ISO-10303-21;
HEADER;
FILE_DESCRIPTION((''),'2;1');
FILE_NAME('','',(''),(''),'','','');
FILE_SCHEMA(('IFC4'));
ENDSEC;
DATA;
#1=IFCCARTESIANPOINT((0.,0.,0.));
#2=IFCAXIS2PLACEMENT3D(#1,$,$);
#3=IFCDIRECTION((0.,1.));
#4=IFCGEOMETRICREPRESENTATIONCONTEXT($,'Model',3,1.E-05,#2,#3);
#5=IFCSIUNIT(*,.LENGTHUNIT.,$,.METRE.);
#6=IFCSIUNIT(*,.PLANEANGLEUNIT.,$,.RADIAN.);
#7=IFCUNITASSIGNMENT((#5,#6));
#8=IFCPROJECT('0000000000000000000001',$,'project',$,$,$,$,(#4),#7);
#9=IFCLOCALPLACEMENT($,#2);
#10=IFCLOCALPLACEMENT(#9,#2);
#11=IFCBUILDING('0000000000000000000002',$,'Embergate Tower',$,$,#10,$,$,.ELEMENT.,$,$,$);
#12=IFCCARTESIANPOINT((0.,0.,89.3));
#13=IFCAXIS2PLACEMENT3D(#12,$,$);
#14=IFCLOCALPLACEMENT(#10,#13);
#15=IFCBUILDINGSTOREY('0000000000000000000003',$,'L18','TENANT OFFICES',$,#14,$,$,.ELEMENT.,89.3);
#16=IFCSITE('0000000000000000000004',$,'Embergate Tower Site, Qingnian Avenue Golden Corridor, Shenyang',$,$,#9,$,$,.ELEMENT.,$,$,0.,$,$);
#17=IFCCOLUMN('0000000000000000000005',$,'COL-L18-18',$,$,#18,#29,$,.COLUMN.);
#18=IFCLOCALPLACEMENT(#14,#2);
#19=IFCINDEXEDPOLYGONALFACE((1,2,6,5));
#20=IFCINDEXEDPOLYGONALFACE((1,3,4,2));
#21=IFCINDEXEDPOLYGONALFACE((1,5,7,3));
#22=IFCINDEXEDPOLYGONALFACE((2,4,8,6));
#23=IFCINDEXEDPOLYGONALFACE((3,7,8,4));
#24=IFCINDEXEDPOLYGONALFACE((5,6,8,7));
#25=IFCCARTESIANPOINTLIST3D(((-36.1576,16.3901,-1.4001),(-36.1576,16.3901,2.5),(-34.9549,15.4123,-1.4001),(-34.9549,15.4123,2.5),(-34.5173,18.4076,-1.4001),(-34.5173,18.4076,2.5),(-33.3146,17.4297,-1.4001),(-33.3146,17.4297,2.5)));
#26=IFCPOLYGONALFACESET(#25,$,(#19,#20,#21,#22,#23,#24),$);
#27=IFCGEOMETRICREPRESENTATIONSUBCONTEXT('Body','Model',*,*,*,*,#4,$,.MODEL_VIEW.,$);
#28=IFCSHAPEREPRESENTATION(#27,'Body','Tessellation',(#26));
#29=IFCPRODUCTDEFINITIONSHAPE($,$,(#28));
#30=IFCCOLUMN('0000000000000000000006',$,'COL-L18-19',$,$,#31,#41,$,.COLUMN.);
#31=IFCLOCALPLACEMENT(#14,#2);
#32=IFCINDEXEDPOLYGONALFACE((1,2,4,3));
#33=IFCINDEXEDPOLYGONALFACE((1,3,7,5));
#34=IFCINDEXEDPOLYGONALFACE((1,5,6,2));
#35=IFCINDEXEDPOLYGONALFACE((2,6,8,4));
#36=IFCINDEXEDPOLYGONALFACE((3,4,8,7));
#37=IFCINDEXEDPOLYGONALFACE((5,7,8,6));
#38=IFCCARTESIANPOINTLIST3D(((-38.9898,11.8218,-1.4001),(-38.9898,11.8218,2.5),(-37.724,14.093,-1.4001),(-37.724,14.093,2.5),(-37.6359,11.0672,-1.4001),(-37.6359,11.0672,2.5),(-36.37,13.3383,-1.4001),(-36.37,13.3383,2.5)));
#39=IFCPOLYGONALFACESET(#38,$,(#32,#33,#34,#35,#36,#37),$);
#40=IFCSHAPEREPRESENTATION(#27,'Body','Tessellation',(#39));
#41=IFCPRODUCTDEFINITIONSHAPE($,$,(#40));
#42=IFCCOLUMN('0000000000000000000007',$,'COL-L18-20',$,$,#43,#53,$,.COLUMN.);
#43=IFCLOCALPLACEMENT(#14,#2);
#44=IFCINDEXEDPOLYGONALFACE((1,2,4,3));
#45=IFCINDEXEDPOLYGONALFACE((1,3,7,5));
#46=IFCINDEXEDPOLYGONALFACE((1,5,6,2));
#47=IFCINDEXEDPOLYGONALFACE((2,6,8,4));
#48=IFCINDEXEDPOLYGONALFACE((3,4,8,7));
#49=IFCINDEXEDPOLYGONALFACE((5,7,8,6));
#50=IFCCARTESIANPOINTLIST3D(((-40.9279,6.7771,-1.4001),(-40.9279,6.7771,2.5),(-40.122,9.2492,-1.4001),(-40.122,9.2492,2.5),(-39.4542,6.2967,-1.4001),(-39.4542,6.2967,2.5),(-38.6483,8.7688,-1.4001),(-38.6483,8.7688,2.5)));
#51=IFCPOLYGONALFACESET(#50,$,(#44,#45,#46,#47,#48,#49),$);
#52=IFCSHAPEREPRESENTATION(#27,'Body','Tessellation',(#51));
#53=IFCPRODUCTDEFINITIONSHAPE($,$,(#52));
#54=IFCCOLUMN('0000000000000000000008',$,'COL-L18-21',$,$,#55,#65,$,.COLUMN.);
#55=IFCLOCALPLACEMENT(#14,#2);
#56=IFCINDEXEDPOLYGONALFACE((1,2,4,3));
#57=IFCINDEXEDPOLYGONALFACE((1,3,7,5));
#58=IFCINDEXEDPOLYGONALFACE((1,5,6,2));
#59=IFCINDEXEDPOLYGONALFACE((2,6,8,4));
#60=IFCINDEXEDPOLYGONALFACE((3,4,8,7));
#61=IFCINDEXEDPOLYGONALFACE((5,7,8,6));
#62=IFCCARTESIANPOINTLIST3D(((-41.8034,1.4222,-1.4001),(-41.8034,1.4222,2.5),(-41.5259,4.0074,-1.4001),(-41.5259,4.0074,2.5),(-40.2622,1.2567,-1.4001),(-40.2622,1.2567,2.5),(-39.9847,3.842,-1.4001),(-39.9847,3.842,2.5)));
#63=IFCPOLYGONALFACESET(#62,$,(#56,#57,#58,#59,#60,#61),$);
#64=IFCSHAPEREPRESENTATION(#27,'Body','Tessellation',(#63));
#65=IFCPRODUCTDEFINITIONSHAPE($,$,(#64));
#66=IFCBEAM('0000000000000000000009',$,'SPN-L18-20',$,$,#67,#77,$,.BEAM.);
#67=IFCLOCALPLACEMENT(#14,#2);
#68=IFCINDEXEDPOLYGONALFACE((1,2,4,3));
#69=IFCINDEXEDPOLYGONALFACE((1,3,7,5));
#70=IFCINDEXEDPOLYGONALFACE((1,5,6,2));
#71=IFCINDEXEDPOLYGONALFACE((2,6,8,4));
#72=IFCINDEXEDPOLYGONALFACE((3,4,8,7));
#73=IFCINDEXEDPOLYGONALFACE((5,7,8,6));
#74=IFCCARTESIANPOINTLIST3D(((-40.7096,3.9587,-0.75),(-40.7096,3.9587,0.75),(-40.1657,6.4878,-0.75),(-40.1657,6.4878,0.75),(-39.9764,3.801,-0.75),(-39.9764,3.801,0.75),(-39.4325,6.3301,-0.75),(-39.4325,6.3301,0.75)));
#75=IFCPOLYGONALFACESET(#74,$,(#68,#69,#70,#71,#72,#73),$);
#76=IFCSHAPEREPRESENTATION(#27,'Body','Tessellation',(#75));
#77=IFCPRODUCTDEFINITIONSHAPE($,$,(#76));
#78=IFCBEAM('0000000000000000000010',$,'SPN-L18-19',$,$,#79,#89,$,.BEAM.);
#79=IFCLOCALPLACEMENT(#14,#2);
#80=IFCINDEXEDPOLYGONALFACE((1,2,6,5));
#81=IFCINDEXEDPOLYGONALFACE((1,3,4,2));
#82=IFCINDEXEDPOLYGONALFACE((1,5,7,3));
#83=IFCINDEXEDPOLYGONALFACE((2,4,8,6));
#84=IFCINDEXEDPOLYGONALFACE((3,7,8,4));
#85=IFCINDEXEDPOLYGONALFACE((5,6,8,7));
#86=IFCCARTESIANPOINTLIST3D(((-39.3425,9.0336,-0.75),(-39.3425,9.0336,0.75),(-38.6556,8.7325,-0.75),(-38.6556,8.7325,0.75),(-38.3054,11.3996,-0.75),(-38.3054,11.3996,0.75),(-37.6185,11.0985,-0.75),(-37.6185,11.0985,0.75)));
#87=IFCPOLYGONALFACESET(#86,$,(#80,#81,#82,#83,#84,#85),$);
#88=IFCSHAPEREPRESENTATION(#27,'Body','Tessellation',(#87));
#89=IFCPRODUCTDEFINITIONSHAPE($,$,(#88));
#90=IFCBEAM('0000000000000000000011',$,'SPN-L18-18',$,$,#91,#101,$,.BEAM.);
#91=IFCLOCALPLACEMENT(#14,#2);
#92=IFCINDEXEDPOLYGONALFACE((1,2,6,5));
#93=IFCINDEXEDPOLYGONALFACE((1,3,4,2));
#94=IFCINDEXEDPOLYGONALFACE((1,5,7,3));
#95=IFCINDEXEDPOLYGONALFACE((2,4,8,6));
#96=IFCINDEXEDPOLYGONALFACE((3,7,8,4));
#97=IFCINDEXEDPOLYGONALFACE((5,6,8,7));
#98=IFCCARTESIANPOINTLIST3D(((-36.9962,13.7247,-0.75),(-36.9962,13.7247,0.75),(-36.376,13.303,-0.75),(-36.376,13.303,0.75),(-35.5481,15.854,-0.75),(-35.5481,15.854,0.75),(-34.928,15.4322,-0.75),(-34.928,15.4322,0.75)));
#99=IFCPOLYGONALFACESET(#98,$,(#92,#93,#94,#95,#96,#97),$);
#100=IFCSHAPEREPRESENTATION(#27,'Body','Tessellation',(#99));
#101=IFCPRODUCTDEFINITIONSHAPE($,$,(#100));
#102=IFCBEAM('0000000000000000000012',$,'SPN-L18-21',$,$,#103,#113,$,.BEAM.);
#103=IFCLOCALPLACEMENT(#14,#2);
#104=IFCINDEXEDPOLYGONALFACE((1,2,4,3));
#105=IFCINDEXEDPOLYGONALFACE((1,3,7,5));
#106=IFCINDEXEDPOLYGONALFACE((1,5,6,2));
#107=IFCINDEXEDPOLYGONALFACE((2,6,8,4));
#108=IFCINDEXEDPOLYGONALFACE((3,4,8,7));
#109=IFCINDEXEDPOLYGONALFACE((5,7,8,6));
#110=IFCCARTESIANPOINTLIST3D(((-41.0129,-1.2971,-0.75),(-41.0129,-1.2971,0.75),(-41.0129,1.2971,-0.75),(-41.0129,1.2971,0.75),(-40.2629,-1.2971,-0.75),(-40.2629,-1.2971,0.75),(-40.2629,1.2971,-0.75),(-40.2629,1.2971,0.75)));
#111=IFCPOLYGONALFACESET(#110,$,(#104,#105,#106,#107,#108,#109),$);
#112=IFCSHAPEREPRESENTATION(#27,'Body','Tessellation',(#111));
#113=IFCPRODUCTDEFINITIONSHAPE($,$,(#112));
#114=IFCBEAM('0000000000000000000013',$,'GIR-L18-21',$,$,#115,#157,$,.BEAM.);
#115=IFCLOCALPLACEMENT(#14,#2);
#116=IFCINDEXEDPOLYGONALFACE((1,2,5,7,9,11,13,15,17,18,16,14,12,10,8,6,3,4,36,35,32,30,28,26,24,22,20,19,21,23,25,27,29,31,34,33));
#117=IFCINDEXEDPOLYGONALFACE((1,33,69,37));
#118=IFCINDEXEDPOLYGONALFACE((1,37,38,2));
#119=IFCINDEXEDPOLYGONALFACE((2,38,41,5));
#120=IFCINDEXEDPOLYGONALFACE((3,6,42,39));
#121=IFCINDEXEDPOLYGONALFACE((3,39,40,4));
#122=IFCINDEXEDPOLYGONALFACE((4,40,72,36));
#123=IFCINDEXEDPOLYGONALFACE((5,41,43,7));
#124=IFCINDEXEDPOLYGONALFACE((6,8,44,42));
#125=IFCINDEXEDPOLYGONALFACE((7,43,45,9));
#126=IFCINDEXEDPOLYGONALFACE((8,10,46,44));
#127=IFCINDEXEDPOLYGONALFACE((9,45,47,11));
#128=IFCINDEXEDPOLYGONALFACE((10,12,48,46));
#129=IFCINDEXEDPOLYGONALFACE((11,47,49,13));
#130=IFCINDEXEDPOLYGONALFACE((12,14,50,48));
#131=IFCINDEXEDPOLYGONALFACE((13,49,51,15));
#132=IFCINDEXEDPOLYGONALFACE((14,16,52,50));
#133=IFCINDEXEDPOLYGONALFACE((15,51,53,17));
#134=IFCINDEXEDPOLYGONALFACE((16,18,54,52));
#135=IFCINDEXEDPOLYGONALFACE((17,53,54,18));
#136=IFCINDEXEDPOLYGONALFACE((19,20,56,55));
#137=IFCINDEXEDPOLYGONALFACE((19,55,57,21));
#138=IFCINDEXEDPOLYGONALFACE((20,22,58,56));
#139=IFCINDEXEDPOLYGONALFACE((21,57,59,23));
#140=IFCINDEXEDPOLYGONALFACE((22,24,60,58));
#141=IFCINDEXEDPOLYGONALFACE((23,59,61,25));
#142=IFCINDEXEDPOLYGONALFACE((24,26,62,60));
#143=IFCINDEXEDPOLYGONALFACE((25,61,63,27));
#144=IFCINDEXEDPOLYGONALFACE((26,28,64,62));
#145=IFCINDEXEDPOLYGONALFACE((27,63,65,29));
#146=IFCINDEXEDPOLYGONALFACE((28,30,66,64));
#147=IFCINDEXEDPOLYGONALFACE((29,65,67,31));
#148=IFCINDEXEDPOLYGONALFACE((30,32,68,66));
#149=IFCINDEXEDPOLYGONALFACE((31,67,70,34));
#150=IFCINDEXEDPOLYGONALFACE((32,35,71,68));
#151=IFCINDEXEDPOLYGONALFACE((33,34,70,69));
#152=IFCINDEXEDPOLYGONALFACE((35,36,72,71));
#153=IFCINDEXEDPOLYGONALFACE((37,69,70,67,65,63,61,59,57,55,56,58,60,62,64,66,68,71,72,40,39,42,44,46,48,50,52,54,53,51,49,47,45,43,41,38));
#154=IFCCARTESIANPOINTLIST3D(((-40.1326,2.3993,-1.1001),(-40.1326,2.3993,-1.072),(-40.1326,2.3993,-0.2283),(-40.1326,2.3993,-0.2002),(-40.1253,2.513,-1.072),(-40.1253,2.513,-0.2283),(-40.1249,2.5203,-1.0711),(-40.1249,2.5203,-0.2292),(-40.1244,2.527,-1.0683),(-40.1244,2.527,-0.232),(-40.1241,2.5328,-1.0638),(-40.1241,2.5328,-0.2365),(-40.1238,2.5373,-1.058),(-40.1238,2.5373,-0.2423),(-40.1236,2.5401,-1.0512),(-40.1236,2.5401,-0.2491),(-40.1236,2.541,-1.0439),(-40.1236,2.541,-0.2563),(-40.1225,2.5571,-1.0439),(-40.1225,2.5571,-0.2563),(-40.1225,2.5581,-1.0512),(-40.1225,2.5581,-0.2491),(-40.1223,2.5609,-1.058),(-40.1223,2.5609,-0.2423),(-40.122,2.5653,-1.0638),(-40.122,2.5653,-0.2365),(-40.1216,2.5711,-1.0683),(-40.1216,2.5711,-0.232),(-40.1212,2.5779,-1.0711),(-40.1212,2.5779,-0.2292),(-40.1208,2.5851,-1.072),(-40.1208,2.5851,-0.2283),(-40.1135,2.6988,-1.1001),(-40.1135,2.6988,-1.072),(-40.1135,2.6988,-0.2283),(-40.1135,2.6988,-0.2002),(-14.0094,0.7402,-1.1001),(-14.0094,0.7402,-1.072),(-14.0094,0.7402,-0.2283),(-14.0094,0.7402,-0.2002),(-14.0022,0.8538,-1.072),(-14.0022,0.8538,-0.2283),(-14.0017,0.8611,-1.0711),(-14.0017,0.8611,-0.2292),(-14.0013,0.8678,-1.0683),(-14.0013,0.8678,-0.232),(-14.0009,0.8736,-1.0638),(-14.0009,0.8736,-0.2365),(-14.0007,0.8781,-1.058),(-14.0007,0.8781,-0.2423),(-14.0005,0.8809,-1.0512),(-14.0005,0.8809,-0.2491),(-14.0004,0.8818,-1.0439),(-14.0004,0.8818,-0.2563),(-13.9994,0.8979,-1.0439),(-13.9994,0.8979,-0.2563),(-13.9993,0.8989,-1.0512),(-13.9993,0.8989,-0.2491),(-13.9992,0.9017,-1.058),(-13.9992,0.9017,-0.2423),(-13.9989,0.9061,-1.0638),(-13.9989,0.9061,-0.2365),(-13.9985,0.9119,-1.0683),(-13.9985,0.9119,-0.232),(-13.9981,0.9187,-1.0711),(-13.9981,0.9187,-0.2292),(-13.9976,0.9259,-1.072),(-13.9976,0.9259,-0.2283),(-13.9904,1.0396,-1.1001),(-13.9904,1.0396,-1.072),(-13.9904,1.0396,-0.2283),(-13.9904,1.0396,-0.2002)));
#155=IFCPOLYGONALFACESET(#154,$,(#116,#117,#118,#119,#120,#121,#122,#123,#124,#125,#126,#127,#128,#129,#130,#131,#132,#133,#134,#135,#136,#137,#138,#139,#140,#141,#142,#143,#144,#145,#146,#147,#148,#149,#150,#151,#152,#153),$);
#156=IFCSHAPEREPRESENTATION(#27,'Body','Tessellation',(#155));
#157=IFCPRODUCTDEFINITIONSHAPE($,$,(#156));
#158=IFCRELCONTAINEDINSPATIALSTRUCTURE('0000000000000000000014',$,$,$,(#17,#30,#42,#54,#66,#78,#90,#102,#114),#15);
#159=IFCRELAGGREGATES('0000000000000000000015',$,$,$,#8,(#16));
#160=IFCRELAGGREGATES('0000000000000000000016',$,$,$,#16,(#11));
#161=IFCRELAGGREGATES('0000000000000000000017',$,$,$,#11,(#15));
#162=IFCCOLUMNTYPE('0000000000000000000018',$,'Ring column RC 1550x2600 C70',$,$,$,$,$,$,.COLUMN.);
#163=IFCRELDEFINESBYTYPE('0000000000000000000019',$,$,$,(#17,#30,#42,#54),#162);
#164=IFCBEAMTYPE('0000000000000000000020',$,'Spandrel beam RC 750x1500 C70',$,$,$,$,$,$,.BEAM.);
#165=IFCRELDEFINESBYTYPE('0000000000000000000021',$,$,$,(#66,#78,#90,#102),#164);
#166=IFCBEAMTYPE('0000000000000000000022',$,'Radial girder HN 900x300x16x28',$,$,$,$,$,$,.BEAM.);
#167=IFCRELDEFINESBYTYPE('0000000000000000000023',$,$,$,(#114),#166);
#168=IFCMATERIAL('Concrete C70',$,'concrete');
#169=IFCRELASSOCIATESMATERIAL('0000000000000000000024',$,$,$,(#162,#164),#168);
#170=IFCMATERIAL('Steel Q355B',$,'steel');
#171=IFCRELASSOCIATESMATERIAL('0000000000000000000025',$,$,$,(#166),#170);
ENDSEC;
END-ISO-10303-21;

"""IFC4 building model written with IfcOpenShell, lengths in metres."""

from ifc_helpers import new_model, si_unit, direction, frame, origin, origin_2d, place, context, subcontext, project, spatial, rectangle, i_section, extrude, source, transform, mapped, material, material_profile, profile_set, type_object, element, save


model = new_model("IFC4")

# Units and contexts
model_context = context("Model", 3, precision=1e-05, world=origin(), true_north=direction((0.0, 1.0)))
body_context = subcontext(model_context, "Body", "Model", "MODEL_VIEW")
ifc_project = project(units=[si_unit("LENGTHUNIT", "METRE"), si_unit("PLANEANGLEUNIT", "RADIAN")], contexts=[model_context])

# Site, building, storey
site_placement = place(None, origin())
site = spatial("IfcSite", under=ifc_project, at=site_placement, Name="Embergate Tower Site, Qingnian Avenue Golden Corridor, Shenyang", CompositionType="ELEMENT", RefElevation=0.0)
building_placement = place(site_placement, origin())
building = spatial("IfcBuilding", under=site, at=building_placement, Name="Embergate Tower", CompositionType="ELEMENT")
storey_placement = place(building_placement, frame((0.0, 0.0, 89.3)))
storey = spatial("IfcBuildingStorey", under=building, at=storey_placement, Name="L18", Description="TENANT OFFICES", CompositionType="ELEMENT", Elevation=89.3)

# Columns
ifc_material_1 = material(Name="Concrete C70", Category="concrete")
ifc_material_profile_1 = material_profile(ifc_material_1, rectangle(XDim=1.55, YDim=2.6001, at=origin_2d()), Name="RC 1550x2600")
ifc_profile_set_1 = profile_set([ifc_material_profile_1], Name="Concrete C70")
column_type = type_object("IfcColumnType", Name="Ring column RC 1550x2600 C70", PredefinedType="COLUMN", material=ifc_profile_set_1)
shared_shape_1 = source(origin(), body_context, "Body", "SweptSolid", [
    extrude(rectangle(XDim=1.55, YDim=2.6001, at=origin_2d()), origin(), (0.0, 0.0, 1.0), 3.9001),
])
for number, where, z_axis, x_axis, name in (
    (1, (-34.7361, 16.9099, -1.4001), (0.0, 0.0, 1.0), (-0.775914, 0.630838, 0.0), "COL-L18-18"),
    (2, (-37.6799, 12.5801, -1.4001), (0.0, 0.0, 1.0), (-0.873492, 0.486839, 0.0), "COL-L18-19"),
    (3, (-39.7881, 7.7729, -1.4001), (0.0, 0.0, 1.0), (-0.950754, 0.309946, 0.0), "COL-L18-20"),
    (4, (-40.894, 2.6321, -1.4001), (0.0, 0.0, 1.0), (-0.994286, 0.10675, 0.0), "COL-L18-21"),
):
    element("IfcColumn", number, at=place(storey_placement, frame(where, z_axis=z_axis, x_axis=x_axis)), inside=storey, type_object=column_type, Name=name, PredefinedType="COLUMN", context=body_context, shape_type="MappedRepresentation", body=[
        mapped(shared_shape_1, transform((0.0, 0.0, 0.0))),
    ])

# Beams
ifc_material_profile_2 = material_profile(ifc_material_1, rectangle(XDim=0.75, YDim=1.5, at=origin_2d()), Name="RC 750x1500")
ifc_profile_set_2 = profile_set([ifc_material_profile_2], Name="Concrete C70")
beam_type_1 = type_object("IfcBeamType", Name="Spandrel beam RC 750x1500 C70", PredefinedType="BEAM", material=ifc_profile_set_2)
shared_shape_2 = source(origin(), body_context, "Body", "SweptSolid", [
    extrude(rectangle(XDim=0.75, YDim=1.5, at=origin_2d()), origin(), (0.0, 0.0, 1.0), 2.5869),
])
beam_1_placement = place(storey_placement, frame((-39.7991, 6.4089, 0.0), z_axis=(-0.21027, -0.977643, 0.0), x_axis=(0.977643, -0.21027, 0.0)))
element("IfcBeam", 5, at=beam_1_placement, inside=storey, type_object=beam_type_1, Name="SPN-L18-20", PredefinedType="BEAM", context=body_context, shape_type="MappedRepresentation", body=[
    mapped(shared_shape_2, transform((0.0, 0.0, 0.0))),
])
shared_shape_3 = source(origin(), body_context, "Body", "SweptSolid", [
    extrude(rectangle(XDim=0.75, YDim=1.5, at=origin_2d()), origin(), (0.0, 0.0, 1.0), 2.5833),
])
beam_2_placement = place(storey_placement, frame((-37.9619, 11.249, 0.0), z_axis=(-0.401468, -0.915873, 0.0), x_axis=(0.915873, -0.401468, 0.0)))
element("IfcBeam", 6, at=beam_2_placement, inside=storey, type_object=beam_type_1, Name="SPN-L18-19", PredefinedType="BEAM", context=body_context, shape_type="MappedRepresentation", body=[
    mapped(shared_shape_3, transform((0.0, 0.0, 0.0))),
])
shared_shape_4 = source(origin(), body_context, "Body", "SweptSolid", [
    extrude(rectangle(XDim=0.75, YDim=1.5, at=origin_2d()), origin(), (0.0, 0.0, 1.0), 2.575),
])
beam_3_placement = place(storey_placement, frame((-35.238, 15.6431, 0.0), z_axis=(-0.562357, -0.826895, 0.0), x_axis=(0.826895, -0.562357, 0.0)))
element("IfcBeam", 7, at=beam_3_placement, inside=storey, type_object=beam_type_1, Name="SPN-L18-18", PredefinedType="BEAM", context=body_context, shape_type="MappedRepresentation", body=[
    mapped(shared_shape_4, transform((0.0, 0.0, 0.0))),
])
shared_shape_5 = source(origin(), body_context, "Body", "SweptSolid", [
    extrude(rectangle(XDim=0.75, YDim=1.5, at=origin_2d()), origin(), (0.0, 0.0, 1.0), 2.5942),
])
beam_4_placement = place(storey_placement, frame((-40.6379, 1.2971, 0.0), z_axis=(0.0, -1.0, 0.0), x_axis=(1.0, 0.0, 0.0)))
element("IfcBeam", 8, at=beam_4_placement, inside=storey, type_object=beam_type_1, Name="SPN-L18-21", PredefinedType="BEAM", context=body_context, shape_type="MappedRepresentation", body=[
    mapped(shared_shape_5, transform((0.0, 0.0, 0.0))),
])
ifc_material_2 = material(Name="Steel Q355B", Category="steel")
ifc_material_profile_3 = material_profile(ifc_material_2, i_section(OverallWidth=0.3, OverallDepth=0.8999, WebThickness=0.0161, FlangeThickness=0.0281, FilletRadius=0.0281, at=origin_2d()), Name="HN 900x300x16x28")
ifc_profile_set_3 = profile_set([ifc_material_profile_3], Name="Steel Q355 grade B")
beam_type_2 = type_object("IfcBeamType", Name="Radial girder HN 900x300x16x28", PredefinedType="BEAM", material=ifc_profile_set_3)
shared_shape_6 = source(origin(), body_context, "Body", "SweptSolid", [
    extrude(i_section(OverallWidth=0.3, OverallDepth=0.8999, WebThickness=0.0161, FlangeThickness=0.0281, FilletRadius=0.0281, at=origin_2d()), origin(), (0.0, 0.0, 1.0), 26.1758),
])
beam_5_placement = place(storey_placement, frame((-40.123, 2.5491, -0.6501), z_axis=(0.997989, -0.063386, 0.0), x_axis=(0.063386, 0.997989, 0.0)))
element("IfcBeam", 9, at=beam_5_placement, inside=storey, type_object=beam_type_2, Name="GIR-L18-21", PredefinedType="BEAM", context=body_context, shape_type="MappedRepresentation", body=[
    mapped(shared_shape_6, transform((0.0, 0.0, 0.0))),
])

save(model, "model.ifc")
